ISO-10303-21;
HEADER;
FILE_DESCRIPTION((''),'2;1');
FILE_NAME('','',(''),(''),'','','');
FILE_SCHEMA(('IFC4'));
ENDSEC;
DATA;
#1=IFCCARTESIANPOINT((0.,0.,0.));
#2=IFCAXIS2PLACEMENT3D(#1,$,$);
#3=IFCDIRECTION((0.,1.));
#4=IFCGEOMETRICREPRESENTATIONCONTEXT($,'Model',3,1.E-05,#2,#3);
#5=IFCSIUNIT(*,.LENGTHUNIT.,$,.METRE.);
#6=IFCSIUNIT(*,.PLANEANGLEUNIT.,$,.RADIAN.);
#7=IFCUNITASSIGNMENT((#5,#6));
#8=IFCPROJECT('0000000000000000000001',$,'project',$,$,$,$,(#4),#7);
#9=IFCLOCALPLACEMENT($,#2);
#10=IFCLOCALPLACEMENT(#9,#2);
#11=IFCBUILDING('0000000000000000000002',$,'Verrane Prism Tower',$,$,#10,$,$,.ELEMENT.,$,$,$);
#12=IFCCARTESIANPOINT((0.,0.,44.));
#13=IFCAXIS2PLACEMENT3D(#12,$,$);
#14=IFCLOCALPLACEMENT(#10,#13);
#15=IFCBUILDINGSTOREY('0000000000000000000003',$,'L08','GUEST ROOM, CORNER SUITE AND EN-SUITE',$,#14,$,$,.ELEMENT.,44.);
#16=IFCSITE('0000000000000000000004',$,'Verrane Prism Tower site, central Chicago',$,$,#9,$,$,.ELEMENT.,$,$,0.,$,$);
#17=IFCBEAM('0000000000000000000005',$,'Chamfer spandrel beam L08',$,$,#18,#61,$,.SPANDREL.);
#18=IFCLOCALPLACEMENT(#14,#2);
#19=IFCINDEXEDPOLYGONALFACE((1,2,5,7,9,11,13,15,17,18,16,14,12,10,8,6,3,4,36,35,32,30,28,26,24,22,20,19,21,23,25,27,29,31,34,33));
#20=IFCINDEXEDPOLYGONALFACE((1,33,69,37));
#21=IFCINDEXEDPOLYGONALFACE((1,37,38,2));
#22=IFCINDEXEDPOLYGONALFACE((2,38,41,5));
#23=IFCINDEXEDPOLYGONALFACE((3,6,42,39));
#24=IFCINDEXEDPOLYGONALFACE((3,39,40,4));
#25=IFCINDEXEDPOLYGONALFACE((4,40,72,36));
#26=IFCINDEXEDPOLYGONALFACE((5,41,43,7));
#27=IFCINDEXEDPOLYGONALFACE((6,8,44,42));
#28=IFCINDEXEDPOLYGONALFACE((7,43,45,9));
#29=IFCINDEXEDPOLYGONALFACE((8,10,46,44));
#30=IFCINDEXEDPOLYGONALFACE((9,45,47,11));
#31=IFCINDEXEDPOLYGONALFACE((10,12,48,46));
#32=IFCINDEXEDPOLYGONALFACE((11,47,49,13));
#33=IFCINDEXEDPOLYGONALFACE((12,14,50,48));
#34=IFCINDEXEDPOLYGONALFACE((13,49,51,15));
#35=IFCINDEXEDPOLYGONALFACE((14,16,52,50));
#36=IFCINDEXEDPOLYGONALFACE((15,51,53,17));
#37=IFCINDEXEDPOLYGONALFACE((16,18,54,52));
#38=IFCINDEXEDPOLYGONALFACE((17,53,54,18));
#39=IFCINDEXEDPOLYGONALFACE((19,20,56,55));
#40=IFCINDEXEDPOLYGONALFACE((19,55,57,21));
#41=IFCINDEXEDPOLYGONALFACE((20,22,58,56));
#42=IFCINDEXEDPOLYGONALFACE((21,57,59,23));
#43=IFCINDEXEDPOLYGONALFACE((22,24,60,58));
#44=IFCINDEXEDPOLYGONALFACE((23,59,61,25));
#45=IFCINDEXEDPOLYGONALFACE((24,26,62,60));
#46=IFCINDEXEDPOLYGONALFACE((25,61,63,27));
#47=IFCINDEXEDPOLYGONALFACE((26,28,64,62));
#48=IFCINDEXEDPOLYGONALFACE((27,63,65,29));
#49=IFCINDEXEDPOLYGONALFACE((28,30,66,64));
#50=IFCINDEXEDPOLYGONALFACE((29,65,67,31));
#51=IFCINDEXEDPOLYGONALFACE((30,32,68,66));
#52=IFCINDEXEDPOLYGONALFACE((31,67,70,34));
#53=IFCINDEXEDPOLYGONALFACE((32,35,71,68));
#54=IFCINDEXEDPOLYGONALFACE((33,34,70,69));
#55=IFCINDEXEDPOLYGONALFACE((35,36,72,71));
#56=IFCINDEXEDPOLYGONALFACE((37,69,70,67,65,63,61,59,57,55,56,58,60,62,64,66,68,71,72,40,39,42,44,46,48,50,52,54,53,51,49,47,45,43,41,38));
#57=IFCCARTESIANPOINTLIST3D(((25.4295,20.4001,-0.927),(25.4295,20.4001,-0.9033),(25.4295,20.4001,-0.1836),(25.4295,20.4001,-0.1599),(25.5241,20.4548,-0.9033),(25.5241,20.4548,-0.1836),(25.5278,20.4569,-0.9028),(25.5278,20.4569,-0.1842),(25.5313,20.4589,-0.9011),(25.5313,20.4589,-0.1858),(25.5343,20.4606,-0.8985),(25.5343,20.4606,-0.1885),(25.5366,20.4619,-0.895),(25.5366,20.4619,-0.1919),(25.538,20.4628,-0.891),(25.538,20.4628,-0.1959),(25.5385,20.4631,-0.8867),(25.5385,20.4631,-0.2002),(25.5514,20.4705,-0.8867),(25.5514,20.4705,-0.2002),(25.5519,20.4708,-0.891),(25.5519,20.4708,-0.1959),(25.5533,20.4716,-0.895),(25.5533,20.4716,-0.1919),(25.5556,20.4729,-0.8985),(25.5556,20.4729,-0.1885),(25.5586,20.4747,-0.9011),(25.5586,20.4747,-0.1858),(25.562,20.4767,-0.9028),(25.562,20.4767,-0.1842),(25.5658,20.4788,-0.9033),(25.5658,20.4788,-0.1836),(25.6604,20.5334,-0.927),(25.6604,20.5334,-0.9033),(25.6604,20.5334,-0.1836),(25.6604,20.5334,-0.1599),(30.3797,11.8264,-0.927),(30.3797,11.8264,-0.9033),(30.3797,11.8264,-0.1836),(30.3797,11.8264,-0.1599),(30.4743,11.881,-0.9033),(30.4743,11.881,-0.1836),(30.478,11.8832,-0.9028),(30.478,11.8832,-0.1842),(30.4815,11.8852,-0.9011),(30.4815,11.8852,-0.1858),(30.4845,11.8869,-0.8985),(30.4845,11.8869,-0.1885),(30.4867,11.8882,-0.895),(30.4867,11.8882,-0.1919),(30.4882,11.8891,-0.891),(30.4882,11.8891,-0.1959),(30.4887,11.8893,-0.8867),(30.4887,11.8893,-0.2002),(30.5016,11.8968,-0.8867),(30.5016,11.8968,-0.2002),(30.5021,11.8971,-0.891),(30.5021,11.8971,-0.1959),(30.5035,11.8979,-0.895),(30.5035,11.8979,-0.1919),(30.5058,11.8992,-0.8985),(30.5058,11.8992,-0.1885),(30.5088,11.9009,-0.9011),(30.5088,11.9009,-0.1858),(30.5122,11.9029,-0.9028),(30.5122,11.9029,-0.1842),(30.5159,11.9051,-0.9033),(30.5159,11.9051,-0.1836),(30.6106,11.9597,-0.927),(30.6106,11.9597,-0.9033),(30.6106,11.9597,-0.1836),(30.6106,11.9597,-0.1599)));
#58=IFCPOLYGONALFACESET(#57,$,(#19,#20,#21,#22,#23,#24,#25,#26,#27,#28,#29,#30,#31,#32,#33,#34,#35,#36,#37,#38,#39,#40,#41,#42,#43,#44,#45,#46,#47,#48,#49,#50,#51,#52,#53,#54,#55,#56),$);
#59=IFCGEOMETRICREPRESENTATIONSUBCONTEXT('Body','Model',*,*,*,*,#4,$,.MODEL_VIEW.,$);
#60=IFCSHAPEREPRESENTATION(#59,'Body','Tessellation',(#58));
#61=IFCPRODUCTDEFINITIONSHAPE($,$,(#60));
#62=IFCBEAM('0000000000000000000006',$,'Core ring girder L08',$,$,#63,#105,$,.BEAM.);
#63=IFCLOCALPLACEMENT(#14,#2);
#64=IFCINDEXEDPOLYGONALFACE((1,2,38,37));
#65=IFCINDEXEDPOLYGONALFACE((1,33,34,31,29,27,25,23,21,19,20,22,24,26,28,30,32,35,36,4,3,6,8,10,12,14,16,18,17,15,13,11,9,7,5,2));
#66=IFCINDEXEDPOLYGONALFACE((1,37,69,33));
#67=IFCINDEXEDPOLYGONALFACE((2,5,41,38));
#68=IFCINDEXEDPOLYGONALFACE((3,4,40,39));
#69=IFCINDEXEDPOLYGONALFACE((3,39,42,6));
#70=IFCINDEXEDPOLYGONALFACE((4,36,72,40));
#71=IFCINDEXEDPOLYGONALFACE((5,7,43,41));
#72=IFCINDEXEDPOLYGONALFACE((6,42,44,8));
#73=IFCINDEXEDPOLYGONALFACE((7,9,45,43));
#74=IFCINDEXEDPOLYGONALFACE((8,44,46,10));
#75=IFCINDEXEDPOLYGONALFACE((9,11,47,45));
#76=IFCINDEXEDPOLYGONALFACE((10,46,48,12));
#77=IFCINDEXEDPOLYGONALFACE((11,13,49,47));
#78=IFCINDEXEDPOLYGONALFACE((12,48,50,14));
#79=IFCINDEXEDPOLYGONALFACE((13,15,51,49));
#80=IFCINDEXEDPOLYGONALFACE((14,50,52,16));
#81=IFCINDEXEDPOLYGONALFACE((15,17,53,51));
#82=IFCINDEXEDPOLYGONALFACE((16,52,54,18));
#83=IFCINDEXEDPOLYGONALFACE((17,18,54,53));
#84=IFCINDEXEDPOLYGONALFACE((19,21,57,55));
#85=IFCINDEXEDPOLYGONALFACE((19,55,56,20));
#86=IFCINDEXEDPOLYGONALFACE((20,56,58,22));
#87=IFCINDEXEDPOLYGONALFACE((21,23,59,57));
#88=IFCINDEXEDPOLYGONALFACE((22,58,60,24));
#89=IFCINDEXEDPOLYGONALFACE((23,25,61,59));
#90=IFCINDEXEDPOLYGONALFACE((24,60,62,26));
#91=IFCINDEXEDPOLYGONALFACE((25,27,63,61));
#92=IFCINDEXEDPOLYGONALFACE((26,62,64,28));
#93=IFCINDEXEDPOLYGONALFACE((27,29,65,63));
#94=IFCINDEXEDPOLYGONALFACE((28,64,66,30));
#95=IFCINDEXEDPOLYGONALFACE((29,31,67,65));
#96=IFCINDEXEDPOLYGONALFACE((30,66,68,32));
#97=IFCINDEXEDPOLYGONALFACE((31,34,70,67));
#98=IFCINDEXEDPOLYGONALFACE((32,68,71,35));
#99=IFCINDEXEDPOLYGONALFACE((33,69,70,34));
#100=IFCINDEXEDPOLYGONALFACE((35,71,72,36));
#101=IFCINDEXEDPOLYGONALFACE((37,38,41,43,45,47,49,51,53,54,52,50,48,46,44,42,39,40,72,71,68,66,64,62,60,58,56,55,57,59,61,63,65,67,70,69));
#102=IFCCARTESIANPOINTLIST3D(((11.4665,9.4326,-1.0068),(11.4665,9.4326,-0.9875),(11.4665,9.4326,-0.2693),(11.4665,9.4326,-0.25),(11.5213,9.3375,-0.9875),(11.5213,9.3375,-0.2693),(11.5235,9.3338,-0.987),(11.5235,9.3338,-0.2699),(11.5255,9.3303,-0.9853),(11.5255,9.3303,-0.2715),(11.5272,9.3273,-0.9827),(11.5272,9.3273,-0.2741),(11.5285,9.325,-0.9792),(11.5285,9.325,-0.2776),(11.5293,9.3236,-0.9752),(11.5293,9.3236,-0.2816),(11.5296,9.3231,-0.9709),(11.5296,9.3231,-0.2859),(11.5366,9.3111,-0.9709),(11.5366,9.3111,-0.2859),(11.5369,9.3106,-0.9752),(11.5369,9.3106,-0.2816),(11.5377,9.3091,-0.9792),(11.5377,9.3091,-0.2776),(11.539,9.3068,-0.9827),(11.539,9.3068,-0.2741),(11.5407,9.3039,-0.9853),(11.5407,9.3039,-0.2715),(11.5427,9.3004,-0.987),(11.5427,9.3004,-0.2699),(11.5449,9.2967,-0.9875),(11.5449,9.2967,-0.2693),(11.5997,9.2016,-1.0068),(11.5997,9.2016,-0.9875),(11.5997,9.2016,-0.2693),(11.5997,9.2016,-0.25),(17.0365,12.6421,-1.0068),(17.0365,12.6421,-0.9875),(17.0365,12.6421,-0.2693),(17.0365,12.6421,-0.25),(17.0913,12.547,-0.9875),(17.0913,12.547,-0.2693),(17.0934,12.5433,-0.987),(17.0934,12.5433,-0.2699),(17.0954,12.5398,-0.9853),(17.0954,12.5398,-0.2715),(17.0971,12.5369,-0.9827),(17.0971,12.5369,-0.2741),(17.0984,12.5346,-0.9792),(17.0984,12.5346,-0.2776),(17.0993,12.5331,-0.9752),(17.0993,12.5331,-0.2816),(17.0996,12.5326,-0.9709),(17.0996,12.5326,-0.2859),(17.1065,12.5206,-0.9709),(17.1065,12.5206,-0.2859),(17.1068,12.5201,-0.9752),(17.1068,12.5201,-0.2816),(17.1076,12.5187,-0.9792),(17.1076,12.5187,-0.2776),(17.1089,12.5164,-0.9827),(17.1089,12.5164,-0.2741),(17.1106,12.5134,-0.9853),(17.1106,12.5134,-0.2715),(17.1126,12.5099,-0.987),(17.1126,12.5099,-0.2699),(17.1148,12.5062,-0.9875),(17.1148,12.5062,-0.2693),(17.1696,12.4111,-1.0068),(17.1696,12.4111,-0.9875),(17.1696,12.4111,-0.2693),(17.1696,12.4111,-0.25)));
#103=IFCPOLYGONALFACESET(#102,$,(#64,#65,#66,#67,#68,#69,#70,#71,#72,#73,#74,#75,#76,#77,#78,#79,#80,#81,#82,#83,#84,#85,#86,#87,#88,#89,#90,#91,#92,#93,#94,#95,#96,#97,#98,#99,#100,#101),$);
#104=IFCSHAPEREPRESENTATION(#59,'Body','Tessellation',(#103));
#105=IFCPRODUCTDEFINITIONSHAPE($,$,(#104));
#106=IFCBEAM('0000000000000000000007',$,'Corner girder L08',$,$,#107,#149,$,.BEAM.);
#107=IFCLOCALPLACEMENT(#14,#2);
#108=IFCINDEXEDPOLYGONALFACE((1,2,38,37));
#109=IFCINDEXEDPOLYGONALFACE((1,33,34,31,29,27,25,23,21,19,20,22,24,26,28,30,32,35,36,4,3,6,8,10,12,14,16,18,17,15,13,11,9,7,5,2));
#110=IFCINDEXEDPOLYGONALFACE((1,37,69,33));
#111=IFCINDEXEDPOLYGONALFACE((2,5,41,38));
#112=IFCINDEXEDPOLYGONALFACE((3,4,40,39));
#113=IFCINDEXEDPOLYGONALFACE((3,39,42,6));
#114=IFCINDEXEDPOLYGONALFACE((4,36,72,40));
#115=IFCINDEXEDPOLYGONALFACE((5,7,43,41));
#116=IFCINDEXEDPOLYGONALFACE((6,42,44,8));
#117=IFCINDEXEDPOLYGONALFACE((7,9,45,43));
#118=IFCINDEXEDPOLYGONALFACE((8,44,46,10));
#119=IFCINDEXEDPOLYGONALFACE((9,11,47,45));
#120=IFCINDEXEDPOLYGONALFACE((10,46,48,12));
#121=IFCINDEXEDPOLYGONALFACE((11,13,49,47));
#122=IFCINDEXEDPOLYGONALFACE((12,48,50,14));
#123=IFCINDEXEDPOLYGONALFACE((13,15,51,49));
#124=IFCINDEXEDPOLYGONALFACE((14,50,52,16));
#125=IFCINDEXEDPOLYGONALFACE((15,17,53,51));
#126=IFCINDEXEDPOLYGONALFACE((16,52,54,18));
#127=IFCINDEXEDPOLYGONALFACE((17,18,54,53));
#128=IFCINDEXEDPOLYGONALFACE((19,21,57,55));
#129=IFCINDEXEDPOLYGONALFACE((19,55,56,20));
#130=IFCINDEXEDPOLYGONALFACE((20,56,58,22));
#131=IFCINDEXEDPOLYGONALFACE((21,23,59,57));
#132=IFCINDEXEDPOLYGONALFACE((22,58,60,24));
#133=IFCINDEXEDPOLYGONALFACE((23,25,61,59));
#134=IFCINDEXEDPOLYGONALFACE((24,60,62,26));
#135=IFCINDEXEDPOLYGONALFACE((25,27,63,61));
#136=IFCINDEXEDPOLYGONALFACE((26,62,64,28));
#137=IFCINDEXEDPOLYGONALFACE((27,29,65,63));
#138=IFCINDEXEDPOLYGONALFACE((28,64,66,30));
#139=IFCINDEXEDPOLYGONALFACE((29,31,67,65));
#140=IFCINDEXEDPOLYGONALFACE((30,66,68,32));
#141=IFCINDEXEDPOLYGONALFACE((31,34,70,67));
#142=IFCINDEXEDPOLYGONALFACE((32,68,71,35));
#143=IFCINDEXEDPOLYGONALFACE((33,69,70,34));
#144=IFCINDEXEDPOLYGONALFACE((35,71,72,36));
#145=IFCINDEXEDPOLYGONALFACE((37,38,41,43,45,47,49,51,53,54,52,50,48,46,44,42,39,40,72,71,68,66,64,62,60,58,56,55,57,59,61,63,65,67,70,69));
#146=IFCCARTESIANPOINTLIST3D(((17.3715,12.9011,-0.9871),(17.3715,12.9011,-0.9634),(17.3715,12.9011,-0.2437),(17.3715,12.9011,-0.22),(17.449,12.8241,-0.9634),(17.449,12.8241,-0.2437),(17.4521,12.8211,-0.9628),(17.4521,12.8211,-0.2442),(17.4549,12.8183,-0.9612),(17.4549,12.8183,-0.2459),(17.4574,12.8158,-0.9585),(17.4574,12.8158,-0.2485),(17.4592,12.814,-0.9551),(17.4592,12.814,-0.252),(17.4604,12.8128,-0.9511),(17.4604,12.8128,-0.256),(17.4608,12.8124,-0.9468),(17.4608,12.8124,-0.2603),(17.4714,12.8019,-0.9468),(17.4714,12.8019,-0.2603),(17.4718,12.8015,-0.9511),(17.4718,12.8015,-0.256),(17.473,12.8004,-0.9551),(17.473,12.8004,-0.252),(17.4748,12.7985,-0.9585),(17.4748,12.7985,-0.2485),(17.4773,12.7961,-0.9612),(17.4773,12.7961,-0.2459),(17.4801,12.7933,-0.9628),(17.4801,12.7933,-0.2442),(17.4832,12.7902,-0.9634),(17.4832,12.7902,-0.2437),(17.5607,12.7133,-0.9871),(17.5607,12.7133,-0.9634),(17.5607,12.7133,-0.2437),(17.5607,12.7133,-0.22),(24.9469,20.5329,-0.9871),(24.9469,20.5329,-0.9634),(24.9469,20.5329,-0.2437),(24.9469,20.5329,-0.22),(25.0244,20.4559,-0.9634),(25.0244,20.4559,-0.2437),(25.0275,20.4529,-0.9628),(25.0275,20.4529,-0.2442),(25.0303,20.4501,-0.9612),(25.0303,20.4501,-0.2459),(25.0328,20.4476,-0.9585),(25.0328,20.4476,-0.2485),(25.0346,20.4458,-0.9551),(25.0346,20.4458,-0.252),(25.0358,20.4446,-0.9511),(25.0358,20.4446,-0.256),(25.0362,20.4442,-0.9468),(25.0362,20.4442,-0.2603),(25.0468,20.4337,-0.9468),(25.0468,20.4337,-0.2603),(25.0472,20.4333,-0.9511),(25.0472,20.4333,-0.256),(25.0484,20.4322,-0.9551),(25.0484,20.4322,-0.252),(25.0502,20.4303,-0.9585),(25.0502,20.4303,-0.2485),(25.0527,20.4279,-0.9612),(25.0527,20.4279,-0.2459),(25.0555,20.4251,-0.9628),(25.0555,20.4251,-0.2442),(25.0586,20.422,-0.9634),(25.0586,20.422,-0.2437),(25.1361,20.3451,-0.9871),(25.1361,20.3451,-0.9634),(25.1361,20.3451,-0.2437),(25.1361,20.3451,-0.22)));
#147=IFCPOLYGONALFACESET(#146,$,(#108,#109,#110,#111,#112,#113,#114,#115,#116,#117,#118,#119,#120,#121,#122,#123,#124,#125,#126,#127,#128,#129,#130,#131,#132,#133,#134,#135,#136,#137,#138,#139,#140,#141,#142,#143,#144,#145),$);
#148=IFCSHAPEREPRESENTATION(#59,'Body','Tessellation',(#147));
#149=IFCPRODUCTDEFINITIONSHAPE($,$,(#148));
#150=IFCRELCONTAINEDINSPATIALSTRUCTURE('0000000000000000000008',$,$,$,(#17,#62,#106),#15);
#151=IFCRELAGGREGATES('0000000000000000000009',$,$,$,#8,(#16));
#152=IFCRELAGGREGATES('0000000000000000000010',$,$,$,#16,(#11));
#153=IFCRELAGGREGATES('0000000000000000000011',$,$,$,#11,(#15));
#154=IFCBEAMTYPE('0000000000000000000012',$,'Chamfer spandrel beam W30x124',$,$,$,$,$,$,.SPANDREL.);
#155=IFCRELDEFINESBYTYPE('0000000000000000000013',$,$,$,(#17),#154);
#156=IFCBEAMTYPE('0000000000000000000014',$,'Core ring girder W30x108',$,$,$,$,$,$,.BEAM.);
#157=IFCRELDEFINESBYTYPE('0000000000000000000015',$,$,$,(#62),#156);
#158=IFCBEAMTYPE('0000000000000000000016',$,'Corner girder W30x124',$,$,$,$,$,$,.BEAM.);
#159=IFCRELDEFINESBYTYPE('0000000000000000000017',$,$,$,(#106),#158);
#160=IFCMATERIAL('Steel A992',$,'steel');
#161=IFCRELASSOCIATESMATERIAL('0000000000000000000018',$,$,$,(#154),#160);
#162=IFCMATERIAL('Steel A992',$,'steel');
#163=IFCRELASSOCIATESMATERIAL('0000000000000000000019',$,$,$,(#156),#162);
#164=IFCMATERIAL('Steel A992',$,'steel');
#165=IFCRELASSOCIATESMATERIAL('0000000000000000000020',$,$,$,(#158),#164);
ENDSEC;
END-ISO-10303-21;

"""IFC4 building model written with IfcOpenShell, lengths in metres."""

from ifc_helpers import new_model, si_unit, direction, frame, origin, origin_2d, place, context, subcontext, project, spatial, i_section, extrude, material, material_profile, profile_set, type_object, element, save


model = new_model("IFC4")

# Units and contexts
model_context = context("Model", 3, precision=1e-05, world=origin(), true_north=direction((0.0, 1.0)))
body_context = subcontext(model_context, "Body", "Model", "MODEL_VIEW")
ifc_project = project(units=[si_unit("LENGTHUNIT", "METRE"), si_unit("PLANEANGLEUNIT", "RADIAN")], contexts=[model_context])

# Site, building, storey
site_placement = place(None, origin())
site = spatial("IfcSite", under=ifc_project, at=site_placement, Name="Verrane Prism Tower site, central Chicago", CompositionType="ELEMENT", RefElevation=0.0)
building_placement = place(site_placement, origin())
building = spatial("IfcBuilding", under=site, at=building_placement, Name="Verrane Prism Tower", CompositionType="ELEMENT")
storey_placement = place(building_placement, frame((0.0, 0.0, 44.0)))
storey = spatial("IfcBuildingStorey", under=building, at=storey_placement, Name="L08", Description="GUEST ROOM, CORNER SUITE AND EN-SUITE", CompositionType="ELEMENT", Elevation=44.0)

# Beams
ifc_material_1 = material(Name="Steel A992", Category="steel")
ifc_material_profile_1 = material_profile(ifc_material_1, i_section(OverallWidth=0.2666, OverallDepth=0.7671, WebThickness=0.0149, FlangeThickness=0.0237, FilletRadius=0.0166, at=origin_2d()), Name="W30x124")
ifc_profile_set_1 = profile_set([ifc_material_profile_1], Name="Steel A992")
beam_type_1 = type_object("IfcBeamType", Name="Chamfer spandrel beam W30x124", PredefinedType="SPANDREL", material=ifc_profile_set_1)
beam_1_placement = place(storey_placement, frame((30.4951, 11.8931, -0.5435), z_axis=(-0.500011, 0.866019, 0.0), x_axis=(-0.866019, -0.500011, 0.0)))
element("IfcBeam", 1, at=beam_1_placement, inside=storey, type_object=beam_type_1, Name="Chamfer spandrel beam L08", PredefinedType="SPANDREL", context=body_context, shape_type="SweptSolid", body=[
    extrude(i_section(OverallWidth=0.2666, OverallDepth=0.7671, WebThickness=0.0149, FlangeThickness=0.0237, FilletRadius=0.0166, at=origin_2d()), origin(), (0.0, 0.0, 1.0), 9.9001),
])
ifc_material_2 = material(Name="Steel A992", Category="steel")
ifc_material_profile_2 = material_profile(ifc_material_2, i_section(OverallWidth=0.2666, OverallDepth=0.7568, WebThickness=0.0139, FlangeThickness=0.0193, FilletRadius=0.0166, at=origin_2d()), Name="W30x108")
ifc_profile_set_2 = profile_set([ifc_material_profile_2], Name="Steel A992")
beam_type_2 = type_object("IfcBeamType", Name="Core ring girder W30x108", PredefinedType="BEAM", material=ifc_profile_set_2)
beam_2_placement = place(storey_placement, frame((17.103, 12.5266, -0.6284), z_axis=(-0.866447, -0.499269, 0.0), x_axis=(0.499269, -0.866447, 0.0)))
element("IfcBeam", 2, at=beam_2_placement, inside=storey, type_object=beam_type_2, Name="Core ring girder L08", PredefinedType="BEAM", context=body_context, shape_type="SweptSolid", body=[
    extrude(i_section(OverallWidth=0.2666, OverallDepth=0.7568, WebThickness=0.0139, FlangeThickness=0.0193, FilletRadius=0.0166, at=origin_2d()), origin(), (0.0, 0.0, 1.0), 6.4285),
])
ifc_material_3 = material(Name="Steel A992", Category="steel")
ifc_material_profile_3 = material_profile(ifc_material_3, i_section(OverallWidth=0.2666, OverallDepth=0.7671, WebThickness=0.0149, FlangeThickness=0.0237, FilletRadius=0.0166, at=origin_2d()), Name="W30x124")
ifc_profile_set_3 = profile_set([ifc_material_profile_3], Name="Steel A992")
beam_type_3 = type_object("IfcBeamType", Name="Corner girder W30x124", PredefinedType="BEAM", material=ifc_profile_set_3)
beam_3_placement = place(storey_placement, frame((25.0415, 20.439, -0.6035), z_axis=(-0.70448, -0.709724, 0.0), x_axis=(0.709724, -0.70448, 0.0)))
element("IfcBeam", 3, at=beam_3_placement, inside=storey, type_object=beam_type_3, Name="Corner girder L08", PredefinedType="BEAM", context=body_context, shape_type="SweptSolid", body=[
    extrude(i_section(OverallWidth=0.2666, OverallDepth=0.7671, WebThickness=0.0149, FlangeThickness=0.0237, FilletRadius=0.0166, at=origin_2d()), origin(), (0.0, 0.0, 1.0), 10.7532),
])

save(model, "model.ifc")
